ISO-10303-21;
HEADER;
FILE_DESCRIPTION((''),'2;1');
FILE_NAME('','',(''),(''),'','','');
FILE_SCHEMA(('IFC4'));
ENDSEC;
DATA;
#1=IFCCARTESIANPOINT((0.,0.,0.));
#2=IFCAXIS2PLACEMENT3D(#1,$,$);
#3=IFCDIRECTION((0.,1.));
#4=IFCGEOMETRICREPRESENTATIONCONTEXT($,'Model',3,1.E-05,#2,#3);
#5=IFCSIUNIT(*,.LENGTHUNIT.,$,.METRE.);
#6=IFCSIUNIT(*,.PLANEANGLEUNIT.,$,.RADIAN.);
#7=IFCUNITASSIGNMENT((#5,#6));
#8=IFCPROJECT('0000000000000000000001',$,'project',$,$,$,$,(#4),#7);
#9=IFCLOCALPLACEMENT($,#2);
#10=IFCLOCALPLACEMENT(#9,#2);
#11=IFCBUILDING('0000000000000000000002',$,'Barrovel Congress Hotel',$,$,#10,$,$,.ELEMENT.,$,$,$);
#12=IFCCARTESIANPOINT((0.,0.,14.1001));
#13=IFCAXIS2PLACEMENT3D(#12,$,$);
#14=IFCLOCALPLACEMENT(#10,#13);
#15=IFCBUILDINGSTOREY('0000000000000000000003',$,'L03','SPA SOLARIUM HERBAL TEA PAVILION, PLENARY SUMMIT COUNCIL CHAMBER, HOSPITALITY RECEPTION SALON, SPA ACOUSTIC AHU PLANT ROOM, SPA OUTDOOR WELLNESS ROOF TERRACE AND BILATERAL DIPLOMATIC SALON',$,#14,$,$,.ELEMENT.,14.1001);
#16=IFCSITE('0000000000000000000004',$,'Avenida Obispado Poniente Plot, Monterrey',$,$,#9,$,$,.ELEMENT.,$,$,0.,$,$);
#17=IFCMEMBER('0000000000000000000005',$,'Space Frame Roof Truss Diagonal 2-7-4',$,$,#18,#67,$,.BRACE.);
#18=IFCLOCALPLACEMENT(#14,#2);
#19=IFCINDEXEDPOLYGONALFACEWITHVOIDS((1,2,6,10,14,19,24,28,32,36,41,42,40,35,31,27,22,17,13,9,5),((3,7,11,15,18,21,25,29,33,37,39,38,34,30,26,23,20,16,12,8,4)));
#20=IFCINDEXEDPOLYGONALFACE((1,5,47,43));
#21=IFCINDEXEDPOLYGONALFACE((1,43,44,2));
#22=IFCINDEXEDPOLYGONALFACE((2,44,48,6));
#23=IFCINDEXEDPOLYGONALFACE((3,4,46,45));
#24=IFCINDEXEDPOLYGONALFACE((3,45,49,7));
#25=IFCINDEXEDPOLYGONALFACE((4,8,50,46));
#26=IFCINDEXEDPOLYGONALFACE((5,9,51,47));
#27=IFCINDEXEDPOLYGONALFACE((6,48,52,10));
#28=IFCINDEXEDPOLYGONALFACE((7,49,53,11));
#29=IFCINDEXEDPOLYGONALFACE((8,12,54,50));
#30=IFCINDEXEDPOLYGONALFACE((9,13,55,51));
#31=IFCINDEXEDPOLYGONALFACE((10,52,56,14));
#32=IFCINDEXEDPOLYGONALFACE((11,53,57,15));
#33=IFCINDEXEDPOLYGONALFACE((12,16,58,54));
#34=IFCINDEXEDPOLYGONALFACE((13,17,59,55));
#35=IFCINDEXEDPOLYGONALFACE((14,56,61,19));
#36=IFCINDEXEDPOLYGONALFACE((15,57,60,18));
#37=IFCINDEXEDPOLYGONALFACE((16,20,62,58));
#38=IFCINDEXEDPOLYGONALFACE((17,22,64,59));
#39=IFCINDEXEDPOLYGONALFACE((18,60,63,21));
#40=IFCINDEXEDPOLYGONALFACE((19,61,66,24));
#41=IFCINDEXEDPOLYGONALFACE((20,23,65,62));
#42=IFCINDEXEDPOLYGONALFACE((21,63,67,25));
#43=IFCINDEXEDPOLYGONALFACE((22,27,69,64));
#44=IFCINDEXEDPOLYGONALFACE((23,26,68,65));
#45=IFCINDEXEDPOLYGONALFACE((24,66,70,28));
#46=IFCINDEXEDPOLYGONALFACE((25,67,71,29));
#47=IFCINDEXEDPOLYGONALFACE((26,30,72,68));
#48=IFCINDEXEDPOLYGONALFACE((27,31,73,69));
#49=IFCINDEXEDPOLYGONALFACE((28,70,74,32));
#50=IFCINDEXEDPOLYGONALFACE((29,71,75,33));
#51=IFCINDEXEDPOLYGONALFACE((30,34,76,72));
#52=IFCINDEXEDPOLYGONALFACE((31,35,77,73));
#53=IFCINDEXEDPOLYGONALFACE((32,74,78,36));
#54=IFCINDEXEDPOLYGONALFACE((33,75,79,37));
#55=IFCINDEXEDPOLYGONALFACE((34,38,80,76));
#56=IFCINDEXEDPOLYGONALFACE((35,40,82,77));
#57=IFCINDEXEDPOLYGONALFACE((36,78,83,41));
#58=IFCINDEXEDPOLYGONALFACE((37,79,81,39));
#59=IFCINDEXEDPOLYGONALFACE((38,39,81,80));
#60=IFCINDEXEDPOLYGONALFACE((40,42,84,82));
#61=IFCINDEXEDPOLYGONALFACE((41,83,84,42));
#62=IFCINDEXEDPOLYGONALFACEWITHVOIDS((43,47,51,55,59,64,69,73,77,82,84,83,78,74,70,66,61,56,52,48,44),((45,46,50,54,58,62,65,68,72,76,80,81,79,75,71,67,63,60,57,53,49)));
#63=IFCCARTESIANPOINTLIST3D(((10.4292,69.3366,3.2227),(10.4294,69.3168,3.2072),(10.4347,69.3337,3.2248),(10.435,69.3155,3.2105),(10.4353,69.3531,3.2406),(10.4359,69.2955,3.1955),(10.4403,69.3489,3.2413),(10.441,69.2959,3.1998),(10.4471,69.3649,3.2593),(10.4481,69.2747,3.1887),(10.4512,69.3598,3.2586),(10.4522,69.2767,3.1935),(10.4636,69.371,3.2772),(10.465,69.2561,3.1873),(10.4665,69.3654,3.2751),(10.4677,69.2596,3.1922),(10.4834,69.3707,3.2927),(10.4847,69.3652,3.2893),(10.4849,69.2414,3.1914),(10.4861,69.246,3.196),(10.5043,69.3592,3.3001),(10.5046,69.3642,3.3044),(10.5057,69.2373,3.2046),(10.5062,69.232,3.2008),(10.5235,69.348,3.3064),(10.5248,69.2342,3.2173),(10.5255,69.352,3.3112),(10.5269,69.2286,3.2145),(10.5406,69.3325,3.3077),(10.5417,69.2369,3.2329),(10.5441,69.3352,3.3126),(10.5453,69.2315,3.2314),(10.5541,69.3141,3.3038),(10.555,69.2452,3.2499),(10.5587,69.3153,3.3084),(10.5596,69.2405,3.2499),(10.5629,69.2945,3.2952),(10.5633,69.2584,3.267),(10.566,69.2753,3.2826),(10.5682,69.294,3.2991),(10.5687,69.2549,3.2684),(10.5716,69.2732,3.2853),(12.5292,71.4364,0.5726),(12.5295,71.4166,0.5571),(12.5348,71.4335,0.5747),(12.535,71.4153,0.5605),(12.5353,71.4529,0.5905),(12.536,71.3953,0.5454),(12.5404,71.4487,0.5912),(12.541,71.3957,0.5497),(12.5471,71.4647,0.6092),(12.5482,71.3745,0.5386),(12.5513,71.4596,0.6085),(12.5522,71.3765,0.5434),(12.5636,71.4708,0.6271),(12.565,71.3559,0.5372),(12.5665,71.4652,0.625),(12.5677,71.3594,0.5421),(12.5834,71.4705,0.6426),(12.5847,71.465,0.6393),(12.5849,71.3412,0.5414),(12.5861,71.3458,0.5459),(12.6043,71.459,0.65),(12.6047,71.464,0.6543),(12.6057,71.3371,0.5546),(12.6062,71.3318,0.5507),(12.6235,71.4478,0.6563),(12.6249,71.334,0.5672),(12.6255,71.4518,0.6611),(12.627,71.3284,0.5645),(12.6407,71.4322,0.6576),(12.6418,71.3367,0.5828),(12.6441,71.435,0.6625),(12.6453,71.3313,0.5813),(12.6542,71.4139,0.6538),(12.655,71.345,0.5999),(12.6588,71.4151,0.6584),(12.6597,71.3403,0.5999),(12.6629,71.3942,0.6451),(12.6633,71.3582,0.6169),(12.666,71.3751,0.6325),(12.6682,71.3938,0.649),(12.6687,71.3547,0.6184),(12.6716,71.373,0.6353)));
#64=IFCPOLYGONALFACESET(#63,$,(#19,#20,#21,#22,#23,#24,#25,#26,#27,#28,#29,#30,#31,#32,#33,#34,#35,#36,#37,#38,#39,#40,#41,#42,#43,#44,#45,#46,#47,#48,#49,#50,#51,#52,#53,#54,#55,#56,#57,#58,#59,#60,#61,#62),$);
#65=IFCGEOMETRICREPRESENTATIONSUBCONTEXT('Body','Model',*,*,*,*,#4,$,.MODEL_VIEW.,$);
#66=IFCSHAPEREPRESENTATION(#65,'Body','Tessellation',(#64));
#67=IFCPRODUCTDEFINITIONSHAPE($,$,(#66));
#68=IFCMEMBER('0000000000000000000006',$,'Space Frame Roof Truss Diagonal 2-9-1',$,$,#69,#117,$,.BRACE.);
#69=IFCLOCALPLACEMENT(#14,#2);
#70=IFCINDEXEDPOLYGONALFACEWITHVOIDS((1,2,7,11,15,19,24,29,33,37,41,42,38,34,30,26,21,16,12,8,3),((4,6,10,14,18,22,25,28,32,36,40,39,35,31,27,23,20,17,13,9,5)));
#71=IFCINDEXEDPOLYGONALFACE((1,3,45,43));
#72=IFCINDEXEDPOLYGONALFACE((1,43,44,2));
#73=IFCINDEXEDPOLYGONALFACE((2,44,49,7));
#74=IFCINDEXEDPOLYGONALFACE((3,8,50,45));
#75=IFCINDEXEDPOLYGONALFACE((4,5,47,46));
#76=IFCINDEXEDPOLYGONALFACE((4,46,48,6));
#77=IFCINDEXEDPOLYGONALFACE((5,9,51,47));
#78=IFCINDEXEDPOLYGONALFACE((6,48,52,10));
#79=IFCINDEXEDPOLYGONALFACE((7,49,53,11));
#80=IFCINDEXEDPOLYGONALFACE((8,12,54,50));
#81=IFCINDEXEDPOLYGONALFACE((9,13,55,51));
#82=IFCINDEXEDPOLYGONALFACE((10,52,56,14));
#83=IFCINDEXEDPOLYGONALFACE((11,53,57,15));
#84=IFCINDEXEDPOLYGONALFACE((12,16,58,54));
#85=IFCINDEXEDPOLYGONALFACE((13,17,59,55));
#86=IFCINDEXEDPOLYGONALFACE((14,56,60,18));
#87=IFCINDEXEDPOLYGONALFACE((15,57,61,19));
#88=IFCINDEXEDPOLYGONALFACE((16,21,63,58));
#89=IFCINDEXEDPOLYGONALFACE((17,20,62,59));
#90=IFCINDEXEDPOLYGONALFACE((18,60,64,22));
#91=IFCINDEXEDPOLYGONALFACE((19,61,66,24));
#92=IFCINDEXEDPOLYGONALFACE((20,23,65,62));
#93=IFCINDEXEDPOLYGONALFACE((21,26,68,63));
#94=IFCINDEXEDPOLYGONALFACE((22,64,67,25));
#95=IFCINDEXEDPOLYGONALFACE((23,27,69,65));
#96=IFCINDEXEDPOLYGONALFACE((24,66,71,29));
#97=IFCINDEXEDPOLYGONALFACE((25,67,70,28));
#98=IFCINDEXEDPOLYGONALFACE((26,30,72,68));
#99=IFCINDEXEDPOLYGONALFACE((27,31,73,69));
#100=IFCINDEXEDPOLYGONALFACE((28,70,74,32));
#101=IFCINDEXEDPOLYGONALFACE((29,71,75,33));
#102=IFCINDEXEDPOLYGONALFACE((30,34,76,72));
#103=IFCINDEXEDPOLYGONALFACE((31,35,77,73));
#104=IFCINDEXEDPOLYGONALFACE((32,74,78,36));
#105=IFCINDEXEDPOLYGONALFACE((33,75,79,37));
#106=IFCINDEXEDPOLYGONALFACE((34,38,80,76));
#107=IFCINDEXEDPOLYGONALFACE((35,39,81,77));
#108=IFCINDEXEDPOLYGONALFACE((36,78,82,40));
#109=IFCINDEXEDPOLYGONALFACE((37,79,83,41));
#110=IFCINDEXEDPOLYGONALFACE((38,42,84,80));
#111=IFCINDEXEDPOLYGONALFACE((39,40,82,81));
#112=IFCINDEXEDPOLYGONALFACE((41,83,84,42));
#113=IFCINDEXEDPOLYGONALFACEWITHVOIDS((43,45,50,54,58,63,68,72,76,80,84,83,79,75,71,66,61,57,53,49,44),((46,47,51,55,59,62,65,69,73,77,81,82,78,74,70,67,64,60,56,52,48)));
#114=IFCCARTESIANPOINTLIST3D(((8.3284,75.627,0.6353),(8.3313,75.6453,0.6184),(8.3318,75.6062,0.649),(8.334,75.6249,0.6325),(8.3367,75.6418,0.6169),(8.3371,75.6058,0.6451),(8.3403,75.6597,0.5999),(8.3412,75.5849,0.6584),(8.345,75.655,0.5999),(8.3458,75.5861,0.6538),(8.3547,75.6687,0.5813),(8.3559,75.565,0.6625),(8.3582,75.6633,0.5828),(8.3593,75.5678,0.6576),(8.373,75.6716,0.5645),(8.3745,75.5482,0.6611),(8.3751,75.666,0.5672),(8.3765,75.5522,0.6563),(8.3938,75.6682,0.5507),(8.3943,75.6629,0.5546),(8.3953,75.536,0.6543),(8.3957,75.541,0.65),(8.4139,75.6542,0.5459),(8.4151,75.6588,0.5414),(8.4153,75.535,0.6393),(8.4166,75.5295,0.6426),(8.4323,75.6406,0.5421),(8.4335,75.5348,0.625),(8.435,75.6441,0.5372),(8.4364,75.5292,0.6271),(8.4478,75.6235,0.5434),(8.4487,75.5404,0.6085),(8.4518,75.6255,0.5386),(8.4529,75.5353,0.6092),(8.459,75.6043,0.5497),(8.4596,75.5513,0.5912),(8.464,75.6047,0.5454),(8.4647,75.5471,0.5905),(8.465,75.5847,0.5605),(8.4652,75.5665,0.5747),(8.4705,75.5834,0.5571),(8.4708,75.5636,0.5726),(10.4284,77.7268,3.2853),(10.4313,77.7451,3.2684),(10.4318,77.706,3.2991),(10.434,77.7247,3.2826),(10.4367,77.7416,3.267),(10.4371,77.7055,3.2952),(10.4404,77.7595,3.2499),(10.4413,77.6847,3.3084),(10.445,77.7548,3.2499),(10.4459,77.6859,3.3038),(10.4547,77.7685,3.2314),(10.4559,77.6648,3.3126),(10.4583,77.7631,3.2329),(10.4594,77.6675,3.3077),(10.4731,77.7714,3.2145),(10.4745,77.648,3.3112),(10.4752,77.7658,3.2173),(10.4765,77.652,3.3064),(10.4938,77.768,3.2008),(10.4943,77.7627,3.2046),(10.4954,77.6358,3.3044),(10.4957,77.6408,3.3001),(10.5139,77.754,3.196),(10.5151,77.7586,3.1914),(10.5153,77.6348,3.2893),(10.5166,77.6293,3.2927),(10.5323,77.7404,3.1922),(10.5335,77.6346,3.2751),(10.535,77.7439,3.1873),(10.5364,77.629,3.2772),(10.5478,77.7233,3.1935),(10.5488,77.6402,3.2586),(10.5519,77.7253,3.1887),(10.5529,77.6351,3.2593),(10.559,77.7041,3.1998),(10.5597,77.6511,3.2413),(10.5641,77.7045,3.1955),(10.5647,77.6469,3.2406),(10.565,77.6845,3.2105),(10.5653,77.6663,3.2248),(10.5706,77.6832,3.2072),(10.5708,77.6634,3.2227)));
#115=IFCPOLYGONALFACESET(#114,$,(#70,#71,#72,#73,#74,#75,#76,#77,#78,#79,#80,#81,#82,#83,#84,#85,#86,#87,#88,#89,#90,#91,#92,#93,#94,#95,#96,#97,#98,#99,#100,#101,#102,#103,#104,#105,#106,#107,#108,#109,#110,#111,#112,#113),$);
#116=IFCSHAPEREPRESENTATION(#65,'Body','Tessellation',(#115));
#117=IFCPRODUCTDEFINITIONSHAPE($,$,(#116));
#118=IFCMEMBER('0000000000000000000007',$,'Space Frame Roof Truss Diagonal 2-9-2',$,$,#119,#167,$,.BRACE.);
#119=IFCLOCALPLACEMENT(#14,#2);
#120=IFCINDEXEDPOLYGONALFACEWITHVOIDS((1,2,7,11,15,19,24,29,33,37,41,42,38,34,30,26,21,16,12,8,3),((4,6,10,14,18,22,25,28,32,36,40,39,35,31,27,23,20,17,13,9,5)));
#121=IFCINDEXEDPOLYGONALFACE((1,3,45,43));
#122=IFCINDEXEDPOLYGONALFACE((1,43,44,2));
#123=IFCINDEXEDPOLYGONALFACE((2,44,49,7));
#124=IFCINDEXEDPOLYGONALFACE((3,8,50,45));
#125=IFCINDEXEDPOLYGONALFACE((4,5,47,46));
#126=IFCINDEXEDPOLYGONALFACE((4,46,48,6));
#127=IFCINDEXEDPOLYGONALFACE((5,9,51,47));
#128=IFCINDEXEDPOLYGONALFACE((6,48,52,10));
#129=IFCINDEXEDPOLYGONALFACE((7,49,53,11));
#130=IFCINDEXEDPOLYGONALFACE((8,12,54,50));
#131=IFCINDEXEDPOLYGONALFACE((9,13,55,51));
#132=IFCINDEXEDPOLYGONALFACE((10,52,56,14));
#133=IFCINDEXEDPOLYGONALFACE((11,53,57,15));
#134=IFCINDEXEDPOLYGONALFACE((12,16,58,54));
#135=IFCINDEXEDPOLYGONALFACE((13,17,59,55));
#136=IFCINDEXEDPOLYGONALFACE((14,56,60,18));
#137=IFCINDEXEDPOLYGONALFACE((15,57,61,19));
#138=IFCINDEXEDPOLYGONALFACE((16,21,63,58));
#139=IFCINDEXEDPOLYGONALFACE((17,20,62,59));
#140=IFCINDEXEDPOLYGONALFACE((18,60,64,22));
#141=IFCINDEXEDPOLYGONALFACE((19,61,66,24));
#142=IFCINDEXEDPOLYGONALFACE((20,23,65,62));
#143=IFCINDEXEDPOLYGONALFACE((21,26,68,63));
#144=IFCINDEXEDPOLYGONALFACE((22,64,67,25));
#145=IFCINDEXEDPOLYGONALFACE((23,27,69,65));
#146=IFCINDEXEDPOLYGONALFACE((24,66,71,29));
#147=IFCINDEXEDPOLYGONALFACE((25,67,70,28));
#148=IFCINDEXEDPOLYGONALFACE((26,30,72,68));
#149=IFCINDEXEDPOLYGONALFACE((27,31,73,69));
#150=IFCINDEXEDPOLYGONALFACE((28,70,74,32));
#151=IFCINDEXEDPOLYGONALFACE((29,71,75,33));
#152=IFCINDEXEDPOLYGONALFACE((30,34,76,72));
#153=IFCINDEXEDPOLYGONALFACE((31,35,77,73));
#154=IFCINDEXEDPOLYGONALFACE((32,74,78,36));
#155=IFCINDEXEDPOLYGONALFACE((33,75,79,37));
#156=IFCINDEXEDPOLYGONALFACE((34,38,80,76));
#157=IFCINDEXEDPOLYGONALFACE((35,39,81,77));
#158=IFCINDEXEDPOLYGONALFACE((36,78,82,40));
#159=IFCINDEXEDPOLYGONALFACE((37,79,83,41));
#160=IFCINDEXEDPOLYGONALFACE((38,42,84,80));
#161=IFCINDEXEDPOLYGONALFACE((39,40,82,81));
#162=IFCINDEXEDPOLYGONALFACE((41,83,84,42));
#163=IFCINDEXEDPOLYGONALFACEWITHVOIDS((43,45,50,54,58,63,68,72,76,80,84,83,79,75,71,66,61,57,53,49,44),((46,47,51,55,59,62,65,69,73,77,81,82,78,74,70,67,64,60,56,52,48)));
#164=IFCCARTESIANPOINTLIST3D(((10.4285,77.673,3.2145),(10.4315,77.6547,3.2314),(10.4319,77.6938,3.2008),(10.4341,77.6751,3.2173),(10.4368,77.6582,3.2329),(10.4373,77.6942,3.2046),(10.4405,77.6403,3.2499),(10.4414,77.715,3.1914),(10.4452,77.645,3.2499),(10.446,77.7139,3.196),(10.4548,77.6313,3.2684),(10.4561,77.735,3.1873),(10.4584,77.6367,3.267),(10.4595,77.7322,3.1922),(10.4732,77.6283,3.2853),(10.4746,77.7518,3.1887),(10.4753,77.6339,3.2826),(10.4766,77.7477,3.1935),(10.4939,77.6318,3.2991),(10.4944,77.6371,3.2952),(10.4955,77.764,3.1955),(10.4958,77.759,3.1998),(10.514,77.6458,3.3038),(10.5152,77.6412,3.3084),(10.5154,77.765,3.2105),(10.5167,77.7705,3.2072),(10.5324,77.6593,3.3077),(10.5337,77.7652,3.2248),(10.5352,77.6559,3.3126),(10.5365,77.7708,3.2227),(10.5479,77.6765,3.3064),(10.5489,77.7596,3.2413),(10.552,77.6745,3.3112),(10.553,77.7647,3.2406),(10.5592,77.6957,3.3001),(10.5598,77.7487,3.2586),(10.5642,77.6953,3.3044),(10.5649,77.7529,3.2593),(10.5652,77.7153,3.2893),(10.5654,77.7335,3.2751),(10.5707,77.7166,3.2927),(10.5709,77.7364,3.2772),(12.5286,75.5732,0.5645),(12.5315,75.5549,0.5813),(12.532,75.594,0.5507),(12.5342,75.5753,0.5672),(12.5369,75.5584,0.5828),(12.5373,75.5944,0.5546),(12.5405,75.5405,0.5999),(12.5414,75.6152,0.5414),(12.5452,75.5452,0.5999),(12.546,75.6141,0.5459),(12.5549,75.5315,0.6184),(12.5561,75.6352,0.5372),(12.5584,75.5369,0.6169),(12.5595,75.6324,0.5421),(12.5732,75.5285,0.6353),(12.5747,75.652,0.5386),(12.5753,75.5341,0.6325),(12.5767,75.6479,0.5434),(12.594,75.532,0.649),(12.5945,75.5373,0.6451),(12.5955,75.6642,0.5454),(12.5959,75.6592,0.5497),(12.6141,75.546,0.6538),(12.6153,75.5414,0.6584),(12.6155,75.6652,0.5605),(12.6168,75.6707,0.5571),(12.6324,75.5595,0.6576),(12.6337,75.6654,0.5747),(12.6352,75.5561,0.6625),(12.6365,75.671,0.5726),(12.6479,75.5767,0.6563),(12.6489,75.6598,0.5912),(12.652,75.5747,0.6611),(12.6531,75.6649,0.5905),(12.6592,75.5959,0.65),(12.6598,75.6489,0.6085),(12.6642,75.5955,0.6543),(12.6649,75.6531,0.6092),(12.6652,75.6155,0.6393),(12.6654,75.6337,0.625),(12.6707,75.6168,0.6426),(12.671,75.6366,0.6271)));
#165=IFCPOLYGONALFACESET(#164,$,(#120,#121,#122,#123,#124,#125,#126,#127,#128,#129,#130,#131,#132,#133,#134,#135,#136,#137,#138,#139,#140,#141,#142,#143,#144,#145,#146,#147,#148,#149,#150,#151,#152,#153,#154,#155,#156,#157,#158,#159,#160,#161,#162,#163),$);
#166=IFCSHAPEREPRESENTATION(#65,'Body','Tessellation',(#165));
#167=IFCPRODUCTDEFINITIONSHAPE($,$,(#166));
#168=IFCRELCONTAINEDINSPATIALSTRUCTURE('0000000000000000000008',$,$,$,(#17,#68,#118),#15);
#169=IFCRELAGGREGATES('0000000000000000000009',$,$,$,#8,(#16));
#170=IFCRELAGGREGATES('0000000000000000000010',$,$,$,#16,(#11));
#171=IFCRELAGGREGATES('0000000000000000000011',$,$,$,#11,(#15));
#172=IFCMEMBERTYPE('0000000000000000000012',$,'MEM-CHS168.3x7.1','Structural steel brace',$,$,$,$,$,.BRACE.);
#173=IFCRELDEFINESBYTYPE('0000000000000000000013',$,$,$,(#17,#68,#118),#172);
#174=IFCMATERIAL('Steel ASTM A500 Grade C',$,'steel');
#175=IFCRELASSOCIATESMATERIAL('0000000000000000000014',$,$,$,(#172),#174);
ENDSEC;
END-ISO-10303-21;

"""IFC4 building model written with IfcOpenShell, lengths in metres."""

from ifc_helpers import new_model, si_unit, direction, frame, origin, origin_2d, place, context, subcontext, project, spatial, hollow_circle, extrude, material, material_profile, profile_set, type_object, element, save


model = new_model("IFC4")

# Units and contexts
model_context = context("Model", 3, precision=1e-05, world=origin(), true_north=direction((0.0, 1.0)))
body_context = subcontext(model_context, "Body", "Model", "MODEL_VIEW")
ifc_project = project(units=[si_unit("LENGTHUNIT", "METRE"), si_unit("PLANEANGLEUNIT", "RADIAN")], contexts=[model_context])

# Site, building, storey
site_placement = place(None, origin())
site = spatial("IfcSite", under=ifc_project, at=site_placement, Name="Avenida Obispado Poniente Plot, Monterrey", CompositionType="ELEMENT", RefElevation=0.0)
building_placement = place(site_placement, origin())
building = spatial("IfcBuilding", under=site, at=building_placement, Name="Barrovel Congress Hotel", CompositionType="ELEMENT")
storey_placement = place(building_placement, frame((0.0, 0.0, 14.1001)))
storey = spatial("IfcBuildingStorey", under=building, at=storey_placement, Name="L03", Description="SPA SOLARIUM HERBAL TEA PAVILION, PLENARY SUMMIT COUNCIL CHAMBER, HOSPITALITY RECEPTION SALON, SPA ACOUSTIC AHU PLANT ROOM, SPA OUTDOOR WELLNESS ROOF TERRACE AND BILATERAL DIPLOMATIC SALON", CompositionType="ELEMENT", Elevation=14.1001)

# Members
ifc_material_1 = material(Name="Steel ASTM A500 Grade C", Category="steel")
ifc_material_profile_1 = material_profile(ifc_material_1, hollow_circle(Radius=0.0842, WallThickness=0.0066, at=origin_2d()), Name="CHS168.3x7.1")
ifc_profile_set_1 = profile_set([ifc_material_profile_1], Name="Steel ASTM A500 Grade C")
member_type_1 = type_object("IfcMemberType", Name="MEM-CHS168.3x7.1", Description="Structural steel brace", PredefinedType="BRACE", material=ifc_profile_set_1)
for number, where, z_axis, x_axis, name in (
    (1, (12.6001, 71.3999, 0.5999), (-0.527618, -0.527557, 0.66581), (0.707066, -0.707148, 0.0), "Space Frame Roof Truss Diagonal 2-7-4"),
    (2, (8.3999, 75.6001, 0.5999), (0.527618, 0.527557, 0.66581), (-0.707066, 0.707148, 0.0), "Space Frame Roof Truss Diagonal 2-9-1"),
    (3, (12.6001, 75.6001, 0.5999), (-0.527618, 0.527557, 0.66581), (-0.707066, -0.707148, 0.0), "Space Frame Roof Truss Diagonal 2-9-2"),
):
    element("IfcMember", number, at=place(storey_placement, frame(where, z_axis=z_axis, x_axis=x_axis)), inside=storey, type_object=member_type_1, Name=name, PredefinedType="BRACE", context=body_context, shape_type="SweptSolid", body=[
        extrude(hollow_circle(Radius=0.0842, WallThickness=0.0066, at=origin_2d()), origin(), (0.0, 0.0, 1.0), 3.9802),
    ])

save(model, "model.ifc")
